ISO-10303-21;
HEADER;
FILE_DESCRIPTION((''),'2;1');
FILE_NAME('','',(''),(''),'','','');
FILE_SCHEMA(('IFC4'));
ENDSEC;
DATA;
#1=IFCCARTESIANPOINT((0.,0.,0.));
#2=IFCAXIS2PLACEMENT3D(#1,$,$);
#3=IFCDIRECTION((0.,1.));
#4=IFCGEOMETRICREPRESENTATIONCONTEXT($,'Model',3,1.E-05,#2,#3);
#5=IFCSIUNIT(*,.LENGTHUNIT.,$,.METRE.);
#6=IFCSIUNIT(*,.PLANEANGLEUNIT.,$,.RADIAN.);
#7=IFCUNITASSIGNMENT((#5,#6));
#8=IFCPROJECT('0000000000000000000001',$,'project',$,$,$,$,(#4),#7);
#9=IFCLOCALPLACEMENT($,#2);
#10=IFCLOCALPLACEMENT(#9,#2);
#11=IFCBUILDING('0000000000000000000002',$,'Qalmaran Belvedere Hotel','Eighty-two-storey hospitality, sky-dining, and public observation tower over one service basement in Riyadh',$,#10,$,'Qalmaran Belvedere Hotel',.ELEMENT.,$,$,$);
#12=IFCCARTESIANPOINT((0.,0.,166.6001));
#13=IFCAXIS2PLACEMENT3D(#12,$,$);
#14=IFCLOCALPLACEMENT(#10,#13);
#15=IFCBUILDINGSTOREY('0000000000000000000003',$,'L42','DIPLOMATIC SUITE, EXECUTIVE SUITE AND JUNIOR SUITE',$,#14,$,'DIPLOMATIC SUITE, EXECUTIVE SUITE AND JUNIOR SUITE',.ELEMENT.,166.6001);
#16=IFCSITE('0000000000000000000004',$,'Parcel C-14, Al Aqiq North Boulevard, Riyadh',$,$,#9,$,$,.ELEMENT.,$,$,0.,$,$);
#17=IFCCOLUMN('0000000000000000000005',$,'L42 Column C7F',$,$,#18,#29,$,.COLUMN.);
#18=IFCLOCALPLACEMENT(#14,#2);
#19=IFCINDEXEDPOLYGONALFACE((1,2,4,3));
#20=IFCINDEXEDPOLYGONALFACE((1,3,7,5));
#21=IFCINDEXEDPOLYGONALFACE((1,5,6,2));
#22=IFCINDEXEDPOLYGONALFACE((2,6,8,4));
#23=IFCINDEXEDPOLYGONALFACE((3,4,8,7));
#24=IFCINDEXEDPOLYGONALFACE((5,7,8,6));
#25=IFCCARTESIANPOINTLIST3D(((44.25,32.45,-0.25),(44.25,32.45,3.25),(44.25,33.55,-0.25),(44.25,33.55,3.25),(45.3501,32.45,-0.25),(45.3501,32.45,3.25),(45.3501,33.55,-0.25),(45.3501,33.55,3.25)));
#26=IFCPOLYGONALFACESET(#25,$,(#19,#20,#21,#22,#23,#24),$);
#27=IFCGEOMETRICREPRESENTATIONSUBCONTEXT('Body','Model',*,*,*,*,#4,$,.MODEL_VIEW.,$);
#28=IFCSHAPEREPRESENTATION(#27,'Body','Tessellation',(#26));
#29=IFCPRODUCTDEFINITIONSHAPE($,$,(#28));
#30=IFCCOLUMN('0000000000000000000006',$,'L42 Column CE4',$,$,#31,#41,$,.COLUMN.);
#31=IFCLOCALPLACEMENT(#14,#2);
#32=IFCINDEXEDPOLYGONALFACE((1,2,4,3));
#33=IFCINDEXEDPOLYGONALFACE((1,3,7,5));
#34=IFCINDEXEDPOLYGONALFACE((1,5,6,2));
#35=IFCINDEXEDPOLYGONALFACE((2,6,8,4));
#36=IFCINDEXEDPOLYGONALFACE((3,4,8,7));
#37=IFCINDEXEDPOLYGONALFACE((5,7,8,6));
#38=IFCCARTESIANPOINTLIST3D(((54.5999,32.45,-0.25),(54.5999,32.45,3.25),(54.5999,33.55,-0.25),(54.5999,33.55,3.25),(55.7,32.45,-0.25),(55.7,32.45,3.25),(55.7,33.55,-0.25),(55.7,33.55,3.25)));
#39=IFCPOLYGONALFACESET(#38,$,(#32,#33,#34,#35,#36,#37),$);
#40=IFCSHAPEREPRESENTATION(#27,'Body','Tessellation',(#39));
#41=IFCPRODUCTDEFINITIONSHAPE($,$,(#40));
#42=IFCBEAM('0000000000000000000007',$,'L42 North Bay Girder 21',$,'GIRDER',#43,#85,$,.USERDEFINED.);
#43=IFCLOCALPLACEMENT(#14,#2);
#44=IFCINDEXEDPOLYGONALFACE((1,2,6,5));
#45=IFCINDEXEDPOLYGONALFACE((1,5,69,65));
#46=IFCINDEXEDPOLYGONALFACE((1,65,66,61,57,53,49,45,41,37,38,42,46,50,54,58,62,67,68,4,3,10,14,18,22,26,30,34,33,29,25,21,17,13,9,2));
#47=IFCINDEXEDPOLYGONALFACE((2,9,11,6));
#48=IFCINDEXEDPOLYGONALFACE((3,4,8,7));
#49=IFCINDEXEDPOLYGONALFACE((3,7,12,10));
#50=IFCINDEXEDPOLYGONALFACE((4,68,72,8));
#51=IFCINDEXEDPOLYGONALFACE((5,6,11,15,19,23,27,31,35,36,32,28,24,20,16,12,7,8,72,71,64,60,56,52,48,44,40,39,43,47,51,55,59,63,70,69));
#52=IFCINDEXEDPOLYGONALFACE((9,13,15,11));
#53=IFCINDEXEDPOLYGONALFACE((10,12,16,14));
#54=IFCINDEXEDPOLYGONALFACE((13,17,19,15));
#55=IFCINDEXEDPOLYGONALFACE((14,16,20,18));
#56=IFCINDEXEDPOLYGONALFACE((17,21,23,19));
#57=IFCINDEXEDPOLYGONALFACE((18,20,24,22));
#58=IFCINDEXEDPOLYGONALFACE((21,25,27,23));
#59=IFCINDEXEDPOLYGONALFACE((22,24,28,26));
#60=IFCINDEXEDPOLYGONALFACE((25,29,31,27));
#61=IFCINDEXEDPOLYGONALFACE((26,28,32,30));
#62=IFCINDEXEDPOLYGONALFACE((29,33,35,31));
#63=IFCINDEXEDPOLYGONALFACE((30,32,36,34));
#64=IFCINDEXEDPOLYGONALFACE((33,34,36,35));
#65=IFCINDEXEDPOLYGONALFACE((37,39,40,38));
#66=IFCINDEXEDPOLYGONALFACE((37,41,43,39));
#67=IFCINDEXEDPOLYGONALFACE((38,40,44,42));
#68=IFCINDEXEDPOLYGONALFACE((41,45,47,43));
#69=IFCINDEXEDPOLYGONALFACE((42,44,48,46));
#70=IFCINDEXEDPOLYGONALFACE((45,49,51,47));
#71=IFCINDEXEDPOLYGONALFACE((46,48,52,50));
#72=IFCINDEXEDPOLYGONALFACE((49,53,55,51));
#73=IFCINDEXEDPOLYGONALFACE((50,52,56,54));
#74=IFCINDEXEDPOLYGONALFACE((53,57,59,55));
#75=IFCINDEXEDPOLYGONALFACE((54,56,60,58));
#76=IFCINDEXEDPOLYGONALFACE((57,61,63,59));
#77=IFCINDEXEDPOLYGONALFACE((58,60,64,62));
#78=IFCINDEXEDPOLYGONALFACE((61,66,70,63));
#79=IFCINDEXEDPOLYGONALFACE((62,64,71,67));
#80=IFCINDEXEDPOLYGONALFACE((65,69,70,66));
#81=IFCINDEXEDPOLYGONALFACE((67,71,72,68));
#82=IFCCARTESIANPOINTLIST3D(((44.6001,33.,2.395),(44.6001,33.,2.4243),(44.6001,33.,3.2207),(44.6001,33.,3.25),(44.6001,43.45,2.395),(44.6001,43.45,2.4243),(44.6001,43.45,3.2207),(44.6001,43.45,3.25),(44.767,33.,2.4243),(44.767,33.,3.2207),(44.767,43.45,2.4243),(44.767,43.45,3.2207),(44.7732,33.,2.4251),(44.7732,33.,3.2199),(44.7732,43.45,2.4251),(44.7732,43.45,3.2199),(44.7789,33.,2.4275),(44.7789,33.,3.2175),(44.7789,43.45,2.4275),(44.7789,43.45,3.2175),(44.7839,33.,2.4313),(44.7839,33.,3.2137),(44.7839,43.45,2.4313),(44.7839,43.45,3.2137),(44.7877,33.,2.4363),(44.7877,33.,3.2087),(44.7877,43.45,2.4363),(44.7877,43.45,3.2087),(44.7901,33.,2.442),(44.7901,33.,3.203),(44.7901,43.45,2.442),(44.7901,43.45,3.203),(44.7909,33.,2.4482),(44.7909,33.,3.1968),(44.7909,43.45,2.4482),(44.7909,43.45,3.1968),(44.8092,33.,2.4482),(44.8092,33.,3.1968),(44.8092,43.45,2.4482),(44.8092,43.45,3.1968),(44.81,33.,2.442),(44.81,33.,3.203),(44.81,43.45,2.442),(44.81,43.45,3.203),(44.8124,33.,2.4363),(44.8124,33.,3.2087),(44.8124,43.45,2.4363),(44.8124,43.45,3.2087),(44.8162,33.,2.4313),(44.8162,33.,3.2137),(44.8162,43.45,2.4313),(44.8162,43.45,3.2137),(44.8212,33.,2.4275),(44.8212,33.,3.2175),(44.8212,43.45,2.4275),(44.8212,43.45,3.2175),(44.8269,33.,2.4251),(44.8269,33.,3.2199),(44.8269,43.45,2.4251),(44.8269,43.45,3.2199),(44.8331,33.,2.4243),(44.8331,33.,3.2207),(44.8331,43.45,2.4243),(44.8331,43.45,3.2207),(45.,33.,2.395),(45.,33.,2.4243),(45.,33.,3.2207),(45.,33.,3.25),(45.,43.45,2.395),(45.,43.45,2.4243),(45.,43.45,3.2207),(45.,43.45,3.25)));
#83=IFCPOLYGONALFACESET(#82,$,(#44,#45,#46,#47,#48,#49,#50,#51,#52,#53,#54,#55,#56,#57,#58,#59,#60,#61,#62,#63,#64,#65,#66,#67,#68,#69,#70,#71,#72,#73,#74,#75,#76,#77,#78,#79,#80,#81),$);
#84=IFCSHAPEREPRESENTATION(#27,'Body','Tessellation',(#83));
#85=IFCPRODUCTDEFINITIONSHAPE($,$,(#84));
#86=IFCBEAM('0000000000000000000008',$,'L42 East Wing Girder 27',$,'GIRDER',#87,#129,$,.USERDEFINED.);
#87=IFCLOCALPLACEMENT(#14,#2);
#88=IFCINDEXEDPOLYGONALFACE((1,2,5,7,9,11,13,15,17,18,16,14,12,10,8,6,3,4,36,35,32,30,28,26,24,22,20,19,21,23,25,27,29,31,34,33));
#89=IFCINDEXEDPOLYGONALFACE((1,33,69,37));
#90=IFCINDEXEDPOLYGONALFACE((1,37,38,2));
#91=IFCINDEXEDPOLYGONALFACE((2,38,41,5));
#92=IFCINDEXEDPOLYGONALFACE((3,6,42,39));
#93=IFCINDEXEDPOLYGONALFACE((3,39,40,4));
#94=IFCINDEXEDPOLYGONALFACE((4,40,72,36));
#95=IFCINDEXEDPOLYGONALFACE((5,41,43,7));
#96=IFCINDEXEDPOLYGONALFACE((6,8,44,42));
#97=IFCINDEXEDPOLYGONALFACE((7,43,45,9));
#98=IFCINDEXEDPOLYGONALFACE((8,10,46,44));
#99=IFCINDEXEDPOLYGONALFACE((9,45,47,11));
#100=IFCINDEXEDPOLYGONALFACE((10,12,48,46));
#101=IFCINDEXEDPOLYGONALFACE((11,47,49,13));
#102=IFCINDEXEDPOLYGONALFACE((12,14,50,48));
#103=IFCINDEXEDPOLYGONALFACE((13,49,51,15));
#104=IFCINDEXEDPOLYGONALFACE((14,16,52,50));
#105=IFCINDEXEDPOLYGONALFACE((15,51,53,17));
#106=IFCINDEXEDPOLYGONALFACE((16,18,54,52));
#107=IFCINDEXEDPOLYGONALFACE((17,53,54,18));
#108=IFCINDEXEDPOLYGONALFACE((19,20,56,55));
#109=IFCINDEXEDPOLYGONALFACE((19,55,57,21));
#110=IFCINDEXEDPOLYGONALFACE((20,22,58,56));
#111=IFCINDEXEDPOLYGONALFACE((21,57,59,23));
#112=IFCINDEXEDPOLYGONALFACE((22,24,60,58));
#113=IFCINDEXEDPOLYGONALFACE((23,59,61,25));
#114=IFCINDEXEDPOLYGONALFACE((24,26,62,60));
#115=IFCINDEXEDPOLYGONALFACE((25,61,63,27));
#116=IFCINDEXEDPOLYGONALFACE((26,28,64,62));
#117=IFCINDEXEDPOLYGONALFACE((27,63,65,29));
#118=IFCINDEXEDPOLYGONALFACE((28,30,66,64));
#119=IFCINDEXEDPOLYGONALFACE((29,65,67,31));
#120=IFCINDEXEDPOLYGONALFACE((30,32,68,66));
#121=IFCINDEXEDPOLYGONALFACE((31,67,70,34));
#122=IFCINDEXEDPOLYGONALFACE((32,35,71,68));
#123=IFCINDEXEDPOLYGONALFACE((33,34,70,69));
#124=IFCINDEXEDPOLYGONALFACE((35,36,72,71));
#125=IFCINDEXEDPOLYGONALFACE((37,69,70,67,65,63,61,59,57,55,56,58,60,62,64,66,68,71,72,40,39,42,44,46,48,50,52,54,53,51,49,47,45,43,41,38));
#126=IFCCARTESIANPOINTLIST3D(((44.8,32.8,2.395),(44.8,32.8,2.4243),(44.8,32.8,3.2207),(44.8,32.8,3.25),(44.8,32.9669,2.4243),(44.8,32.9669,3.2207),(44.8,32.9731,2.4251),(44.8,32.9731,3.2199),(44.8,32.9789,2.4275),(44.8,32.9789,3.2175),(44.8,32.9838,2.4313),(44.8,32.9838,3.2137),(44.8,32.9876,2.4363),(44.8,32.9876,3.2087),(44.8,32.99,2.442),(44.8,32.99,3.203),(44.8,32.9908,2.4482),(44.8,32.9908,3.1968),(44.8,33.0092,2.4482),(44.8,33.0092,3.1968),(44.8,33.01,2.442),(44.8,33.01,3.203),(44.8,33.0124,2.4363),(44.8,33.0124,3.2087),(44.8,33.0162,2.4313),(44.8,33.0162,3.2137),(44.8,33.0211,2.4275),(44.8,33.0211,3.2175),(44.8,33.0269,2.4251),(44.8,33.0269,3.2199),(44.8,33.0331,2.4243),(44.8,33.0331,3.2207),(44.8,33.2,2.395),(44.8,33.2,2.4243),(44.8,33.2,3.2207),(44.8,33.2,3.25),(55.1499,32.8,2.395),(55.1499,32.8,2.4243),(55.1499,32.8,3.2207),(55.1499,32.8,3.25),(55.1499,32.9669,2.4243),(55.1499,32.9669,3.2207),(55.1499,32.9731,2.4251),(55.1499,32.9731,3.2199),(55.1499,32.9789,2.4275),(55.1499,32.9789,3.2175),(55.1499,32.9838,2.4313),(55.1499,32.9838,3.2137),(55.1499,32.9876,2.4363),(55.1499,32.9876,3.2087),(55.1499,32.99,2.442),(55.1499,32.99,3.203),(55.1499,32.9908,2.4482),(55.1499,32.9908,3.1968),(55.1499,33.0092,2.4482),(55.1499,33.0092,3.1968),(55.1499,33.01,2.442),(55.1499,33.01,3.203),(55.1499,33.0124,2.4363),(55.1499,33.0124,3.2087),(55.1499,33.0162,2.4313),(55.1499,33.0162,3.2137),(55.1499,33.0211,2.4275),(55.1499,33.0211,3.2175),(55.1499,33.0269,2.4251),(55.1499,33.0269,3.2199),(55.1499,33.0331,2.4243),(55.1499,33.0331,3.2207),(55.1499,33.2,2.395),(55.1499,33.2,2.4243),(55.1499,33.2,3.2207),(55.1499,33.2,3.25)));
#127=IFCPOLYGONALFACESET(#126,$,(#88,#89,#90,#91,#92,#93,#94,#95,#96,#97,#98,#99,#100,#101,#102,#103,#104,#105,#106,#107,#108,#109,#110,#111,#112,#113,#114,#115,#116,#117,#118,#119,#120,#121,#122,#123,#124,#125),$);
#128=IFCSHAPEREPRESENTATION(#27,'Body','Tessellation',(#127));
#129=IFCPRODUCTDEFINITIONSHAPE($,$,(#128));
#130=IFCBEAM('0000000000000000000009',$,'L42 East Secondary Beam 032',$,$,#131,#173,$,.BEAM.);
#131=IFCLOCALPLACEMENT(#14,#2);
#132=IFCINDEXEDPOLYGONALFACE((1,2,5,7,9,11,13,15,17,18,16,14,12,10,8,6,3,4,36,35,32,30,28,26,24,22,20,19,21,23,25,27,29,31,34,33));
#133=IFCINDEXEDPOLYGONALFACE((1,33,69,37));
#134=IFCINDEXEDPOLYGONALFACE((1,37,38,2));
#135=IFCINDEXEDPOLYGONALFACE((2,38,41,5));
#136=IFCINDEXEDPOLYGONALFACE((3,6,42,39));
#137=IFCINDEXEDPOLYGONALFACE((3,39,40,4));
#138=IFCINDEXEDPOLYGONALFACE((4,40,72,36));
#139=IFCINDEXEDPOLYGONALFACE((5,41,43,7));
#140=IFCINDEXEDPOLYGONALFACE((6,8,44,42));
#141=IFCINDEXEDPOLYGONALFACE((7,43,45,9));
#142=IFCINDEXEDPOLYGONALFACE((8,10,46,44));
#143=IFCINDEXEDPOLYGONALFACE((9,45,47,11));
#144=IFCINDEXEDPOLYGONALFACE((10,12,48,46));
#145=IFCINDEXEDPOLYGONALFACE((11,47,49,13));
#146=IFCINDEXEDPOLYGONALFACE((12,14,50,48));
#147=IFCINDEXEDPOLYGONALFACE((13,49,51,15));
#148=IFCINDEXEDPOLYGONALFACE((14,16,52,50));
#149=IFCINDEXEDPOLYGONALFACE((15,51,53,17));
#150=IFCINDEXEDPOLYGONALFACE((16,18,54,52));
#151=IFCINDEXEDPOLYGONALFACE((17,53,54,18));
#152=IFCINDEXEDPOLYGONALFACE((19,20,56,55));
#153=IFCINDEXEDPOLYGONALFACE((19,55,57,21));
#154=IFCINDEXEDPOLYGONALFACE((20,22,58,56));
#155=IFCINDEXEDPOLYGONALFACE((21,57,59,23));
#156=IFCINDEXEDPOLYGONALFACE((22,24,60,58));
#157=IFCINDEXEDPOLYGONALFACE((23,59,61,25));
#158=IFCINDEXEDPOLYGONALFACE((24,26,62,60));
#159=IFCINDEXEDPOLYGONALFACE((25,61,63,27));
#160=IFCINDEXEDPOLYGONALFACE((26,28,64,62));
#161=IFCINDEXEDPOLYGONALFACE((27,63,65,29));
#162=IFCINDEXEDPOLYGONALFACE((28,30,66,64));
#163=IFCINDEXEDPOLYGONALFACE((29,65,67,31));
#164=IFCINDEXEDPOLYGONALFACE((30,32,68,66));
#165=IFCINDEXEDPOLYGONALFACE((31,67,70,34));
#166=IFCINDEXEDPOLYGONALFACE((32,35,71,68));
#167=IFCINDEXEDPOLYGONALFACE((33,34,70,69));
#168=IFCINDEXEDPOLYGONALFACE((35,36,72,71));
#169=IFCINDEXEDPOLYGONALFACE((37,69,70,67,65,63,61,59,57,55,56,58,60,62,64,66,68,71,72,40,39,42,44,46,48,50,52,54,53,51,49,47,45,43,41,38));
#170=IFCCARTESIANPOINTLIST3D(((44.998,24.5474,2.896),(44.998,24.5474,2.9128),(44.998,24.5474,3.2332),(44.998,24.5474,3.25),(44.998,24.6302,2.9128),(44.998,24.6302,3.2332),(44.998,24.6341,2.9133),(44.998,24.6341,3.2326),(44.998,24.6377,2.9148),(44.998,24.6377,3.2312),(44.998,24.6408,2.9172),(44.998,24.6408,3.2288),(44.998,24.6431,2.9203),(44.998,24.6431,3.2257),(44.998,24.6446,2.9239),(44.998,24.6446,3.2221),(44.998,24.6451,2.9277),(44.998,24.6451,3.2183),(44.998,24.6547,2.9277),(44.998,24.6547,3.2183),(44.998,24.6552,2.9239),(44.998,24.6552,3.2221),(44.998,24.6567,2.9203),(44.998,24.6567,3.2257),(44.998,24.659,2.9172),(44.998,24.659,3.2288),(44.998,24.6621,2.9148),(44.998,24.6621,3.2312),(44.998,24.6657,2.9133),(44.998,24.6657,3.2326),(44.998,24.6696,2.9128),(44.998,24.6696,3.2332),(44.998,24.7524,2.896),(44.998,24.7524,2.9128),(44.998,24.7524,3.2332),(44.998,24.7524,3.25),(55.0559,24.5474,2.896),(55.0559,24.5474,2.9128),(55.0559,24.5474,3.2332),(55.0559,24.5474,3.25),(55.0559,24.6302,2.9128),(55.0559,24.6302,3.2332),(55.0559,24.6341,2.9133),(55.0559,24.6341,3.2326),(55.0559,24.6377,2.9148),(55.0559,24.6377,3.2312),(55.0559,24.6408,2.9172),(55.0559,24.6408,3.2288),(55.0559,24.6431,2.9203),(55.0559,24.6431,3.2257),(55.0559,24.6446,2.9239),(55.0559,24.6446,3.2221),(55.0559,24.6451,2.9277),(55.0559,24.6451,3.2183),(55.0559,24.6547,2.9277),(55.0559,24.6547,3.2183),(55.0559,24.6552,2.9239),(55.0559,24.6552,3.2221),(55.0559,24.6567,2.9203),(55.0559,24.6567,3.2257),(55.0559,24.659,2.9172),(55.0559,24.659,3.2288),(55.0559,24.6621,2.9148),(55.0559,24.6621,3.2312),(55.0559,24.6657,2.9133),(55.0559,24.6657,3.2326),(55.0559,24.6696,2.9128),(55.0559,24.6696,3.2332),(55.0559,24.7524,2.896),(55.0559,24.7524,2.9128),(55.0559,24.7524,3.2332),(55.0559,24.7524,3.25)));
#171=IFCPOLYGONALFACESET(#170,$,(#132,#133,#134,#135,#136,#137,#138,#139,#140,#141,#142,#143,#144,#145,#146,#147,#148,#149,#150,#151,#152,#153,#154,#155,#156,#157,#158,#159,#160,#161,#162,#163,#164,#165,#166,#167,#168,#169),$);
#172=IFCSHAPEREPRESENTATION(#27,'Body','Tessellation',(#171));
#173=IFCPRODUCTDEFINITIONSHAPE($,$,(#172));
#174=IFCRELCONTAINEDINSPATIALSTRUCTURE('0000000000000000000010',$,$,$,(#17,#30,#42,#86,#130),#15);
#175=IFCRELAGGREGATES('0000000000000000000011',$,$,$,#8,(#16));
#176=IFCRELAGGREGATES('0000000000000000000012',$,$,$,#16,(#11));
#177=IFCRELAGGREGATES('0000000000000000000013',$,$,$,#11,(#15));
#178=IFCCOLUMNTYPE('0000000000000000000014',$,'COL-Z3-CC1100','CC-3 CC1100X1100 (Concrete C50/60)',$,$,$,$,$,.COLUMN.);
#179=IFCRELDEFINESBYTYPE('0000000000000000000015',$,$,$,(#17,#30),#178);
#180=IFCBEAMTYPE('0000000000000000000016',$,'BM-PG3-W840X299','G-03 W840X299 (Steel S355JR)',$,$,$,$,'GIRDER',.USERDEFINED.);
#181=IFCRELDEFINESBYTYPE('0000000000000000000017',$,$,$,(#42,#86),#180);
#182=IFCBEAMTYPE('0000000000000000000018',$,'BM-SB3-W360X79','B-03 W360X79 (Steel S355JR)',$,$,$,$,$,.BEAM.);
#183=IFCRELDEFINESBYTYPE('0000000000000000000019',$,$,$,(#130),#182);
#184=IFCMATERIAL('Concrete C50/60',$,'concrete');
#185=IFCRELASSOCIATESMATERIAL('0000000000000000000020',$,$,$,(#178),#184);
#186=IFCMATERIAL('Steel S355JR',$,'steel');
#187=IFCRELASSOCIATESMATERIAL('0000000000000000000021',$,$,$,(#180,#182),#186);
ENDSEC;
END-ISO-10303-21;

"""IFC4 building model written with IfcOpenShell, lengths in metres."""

from ifc_helpers import new_model, si_unit, direction, frame, origin, origin_2d, place, context, subcontext, project, spatial, rectangle, i_section, extrude, material, material_profile, profile_set, type_object, element, save


model = new_model("IFC4")

# Units and contexts
model_context = context("Model", 3, precision=1e-05, world=origin(), true_north=direction((0.0, 1.0)))
body_context = subcontext(model_context, "Body", "Model", "MODEL_VIEW")
ifc_project = project(units=[si_unit("LENGTHUNIT", "METRE"), si_unit("PLANEANGLEUNIT", "RADIAN")], contexts=[model_context])

# Site, building, storey
site_placement = place(None, origin())
site = spatial("IfcSite", under=ifc_project, at=site_placement, Name="Parcel C-14, Al Aqiq North Boulevard, Riyadh", CompositionType="ELEMENT", RefElevation=0.0)
building_placement = place(site_placement, origin())
building = spatial("IfcBuilding", under=site, at=building_placement, Name="Qalmaran Belvedere Hotel", Description="Eighty-two-storey hospitality, sky-dining, and public observation tower over one service basement in Riyadh", LongName="Qalmaran Belvedere Hotel", CompositionType="ELEMENT")
storey_placement = place(building_placement, frame((0.0, 0.0, 166.6001)))
storey = spatial("IfcBuildingStorey", under=building, at=storey_placement, Name="L42", Description="DIPLOMATIC SUITE, EXECUTIVE SUITE AND JUNIOR SUITE", LongName="DIPLOMATIC SUITE, EXECUTIVE SUITE AND JUNIOR SUITE", CompositionType="ELEMENT", Elevation=166.6001)

# Columns
ifc_material_1 = material(Name="Concrete C50/60", Category="concrete")
ifc_material_profile_1 = material_profile(ifc_material_1, rectangle(XDim=1.1001, YDim=1.1001, at=origin_2d()), Name="CC1100X1100")
ifc_profile_set_1 = profile_set([ifc_material_profile_1], Name="Concrete C50/60")
column_type = type_object("IfcColumnType", Name="COL-Z3-CC1100", Description="CC-3 CC1100X1100 (Concrete C50/60)", PredefinedType="COLUMN", material=ifc_profile_set_1)
for number, where, z_axis, x_axis, name in (
    (1, (44.8, 33.0, -0.25), (0.0, 0.0, 1.0), (1.0, 0.0, 0.0), "L42 Column C7F"),
    (2, (55.1499, 33.0, -0.25), (0.0, 0.0, 1.0), (1.0, 0.0, 0.0), "L42 Column CE4"),
):
    element("IfcColumn", number, at=place(storey_placement, frame(where, z_axis=z_axis, x_axis=x_axis)), inside=storey, type_object=column_type, Name=name, PredefinedType="COLUMN", context=body_context, shape_type="SweptSolid", body=[
        extrude(rectangle(XDim=1.1001, YDim=1.1001, at=origin_2d()), origin(), (0.0, 0.0, 1.0), 3.5),
    ])

# Beams
ifc_material_2 = material(Name="Steel S355JR", Category="steel")
ifc_material_profile_2 = material_profile(ifc_material_2, i_section(OverallWidth=0.3999, OverallDepth=0.855, WebThickness=0.0183, FlangeThickness=0.0293, FilletRadius=0.0239, at=origin_2d()), Name="W840X299")
ifc_profile_set_2 = profile_set([ifc_material_profile_2], Name="Steel S355JR")
beam_type_1 = type_object("IfcBeamType", Name="BM-PG3-W840X299", Description="G-03 W840X299 (Steel S355JR)", ElementType="GIRDER", PredefinedType="USERDEFINED", material=ifc_profile_set_2)
beam_1_placement = place(storey_placement, frame((44.8, 33.0, 2.8225), z_axis=(0.0, 1.0, 0.0), x_axis=(-1.0, 0.0, 0.0)))
element("IfcBeam", 3, at=beam_1_placement, inside=storey, type_object=beam_type_1, Name="L42 North Bay Girder 21", ObjectType="GIRDER", PredefinedType="USERDEFINED", context=body_context, shape_type="SweptSolid", body=[
    extrude(i_section(OverallWidth=0.3999, OverallDepth=0.855, WebThickness=0.0183, FlangeThickness=0.0293, FilletRadius=0.0239, at=origin_2d()), origin(), (0.0, 0.0, 1.0), 10.45),
])
beam_2_placement = place(storey_placement, frame((44.8, 33.0, 2.8225), z_axis=(1.0, 0.0, 0.0), x_axis=(0.0, 1.0, 0.0)))
element("IfcBeam", 4, at=beam_2_placement, inside=storey, type_object=beam_type_1, Name="L42 East Wing Girder 27", ObjectType="GIRDER", PredefinedType="USERDEFINED", context=body_context, shape_type="SweptSolid", body=[
    extrude(i_section(OverallWidth=0.3999, OverallDepth=0.855, WebThickness=0.0183, FlangeThickness=0.0293, FilletRadius=0.0239, at=origin_2d()), origin(), (0.0, 0.0, 1.0), 10.3499),
])
ifc_material_profile_3 = material_profile(ifc_material_2, i_section(OverallWidth=0.2051, OverallDepth=0.354, WebThickness=0.0095, FlangeThickness=0.0168, FilletRadius=0.0149, at=origin_2d()), Name="W360X79")
ifc_profile_set_3 = profile_set([ifc_material_profile_3], Name="Steel S355JR")
beam_type_2 = type_object("IfcBeamType", Name="BM-SB3-W360X79", Description="B-03 W360X79 (Steel S355JR)", PredefinedType="BEAM", material=ifc_profile_set_3)
for number, where, z_axis, x_axis, name in (
    (5, (44.998, 24.6499, 3.073), (1.0, 0.0, 0.0), (0.0, 1.0, 0.0), "L42 East Secondary Beam 032"),
):
    element("IfcBeam", number, at=place(storey_placement, frame(where, z_axis=z_axis, x_axis=x_axis)), inside=storey, type_object=beam_type_2, Name=name, PredefinedType="BEAM", context=body_context, shape_type="SweptSolid", body=[
        extrude(i_section(OverallWidth=0.2051, OverallDepth=0.354, WebThickness=0.0095, FlangeThickness=0.0168, FilletRadius=0.0149, at=origin_2d()), origin(), (0.0, 0.0, 1.0), 10.0579),
    ])

save(model, "model.ifc")
